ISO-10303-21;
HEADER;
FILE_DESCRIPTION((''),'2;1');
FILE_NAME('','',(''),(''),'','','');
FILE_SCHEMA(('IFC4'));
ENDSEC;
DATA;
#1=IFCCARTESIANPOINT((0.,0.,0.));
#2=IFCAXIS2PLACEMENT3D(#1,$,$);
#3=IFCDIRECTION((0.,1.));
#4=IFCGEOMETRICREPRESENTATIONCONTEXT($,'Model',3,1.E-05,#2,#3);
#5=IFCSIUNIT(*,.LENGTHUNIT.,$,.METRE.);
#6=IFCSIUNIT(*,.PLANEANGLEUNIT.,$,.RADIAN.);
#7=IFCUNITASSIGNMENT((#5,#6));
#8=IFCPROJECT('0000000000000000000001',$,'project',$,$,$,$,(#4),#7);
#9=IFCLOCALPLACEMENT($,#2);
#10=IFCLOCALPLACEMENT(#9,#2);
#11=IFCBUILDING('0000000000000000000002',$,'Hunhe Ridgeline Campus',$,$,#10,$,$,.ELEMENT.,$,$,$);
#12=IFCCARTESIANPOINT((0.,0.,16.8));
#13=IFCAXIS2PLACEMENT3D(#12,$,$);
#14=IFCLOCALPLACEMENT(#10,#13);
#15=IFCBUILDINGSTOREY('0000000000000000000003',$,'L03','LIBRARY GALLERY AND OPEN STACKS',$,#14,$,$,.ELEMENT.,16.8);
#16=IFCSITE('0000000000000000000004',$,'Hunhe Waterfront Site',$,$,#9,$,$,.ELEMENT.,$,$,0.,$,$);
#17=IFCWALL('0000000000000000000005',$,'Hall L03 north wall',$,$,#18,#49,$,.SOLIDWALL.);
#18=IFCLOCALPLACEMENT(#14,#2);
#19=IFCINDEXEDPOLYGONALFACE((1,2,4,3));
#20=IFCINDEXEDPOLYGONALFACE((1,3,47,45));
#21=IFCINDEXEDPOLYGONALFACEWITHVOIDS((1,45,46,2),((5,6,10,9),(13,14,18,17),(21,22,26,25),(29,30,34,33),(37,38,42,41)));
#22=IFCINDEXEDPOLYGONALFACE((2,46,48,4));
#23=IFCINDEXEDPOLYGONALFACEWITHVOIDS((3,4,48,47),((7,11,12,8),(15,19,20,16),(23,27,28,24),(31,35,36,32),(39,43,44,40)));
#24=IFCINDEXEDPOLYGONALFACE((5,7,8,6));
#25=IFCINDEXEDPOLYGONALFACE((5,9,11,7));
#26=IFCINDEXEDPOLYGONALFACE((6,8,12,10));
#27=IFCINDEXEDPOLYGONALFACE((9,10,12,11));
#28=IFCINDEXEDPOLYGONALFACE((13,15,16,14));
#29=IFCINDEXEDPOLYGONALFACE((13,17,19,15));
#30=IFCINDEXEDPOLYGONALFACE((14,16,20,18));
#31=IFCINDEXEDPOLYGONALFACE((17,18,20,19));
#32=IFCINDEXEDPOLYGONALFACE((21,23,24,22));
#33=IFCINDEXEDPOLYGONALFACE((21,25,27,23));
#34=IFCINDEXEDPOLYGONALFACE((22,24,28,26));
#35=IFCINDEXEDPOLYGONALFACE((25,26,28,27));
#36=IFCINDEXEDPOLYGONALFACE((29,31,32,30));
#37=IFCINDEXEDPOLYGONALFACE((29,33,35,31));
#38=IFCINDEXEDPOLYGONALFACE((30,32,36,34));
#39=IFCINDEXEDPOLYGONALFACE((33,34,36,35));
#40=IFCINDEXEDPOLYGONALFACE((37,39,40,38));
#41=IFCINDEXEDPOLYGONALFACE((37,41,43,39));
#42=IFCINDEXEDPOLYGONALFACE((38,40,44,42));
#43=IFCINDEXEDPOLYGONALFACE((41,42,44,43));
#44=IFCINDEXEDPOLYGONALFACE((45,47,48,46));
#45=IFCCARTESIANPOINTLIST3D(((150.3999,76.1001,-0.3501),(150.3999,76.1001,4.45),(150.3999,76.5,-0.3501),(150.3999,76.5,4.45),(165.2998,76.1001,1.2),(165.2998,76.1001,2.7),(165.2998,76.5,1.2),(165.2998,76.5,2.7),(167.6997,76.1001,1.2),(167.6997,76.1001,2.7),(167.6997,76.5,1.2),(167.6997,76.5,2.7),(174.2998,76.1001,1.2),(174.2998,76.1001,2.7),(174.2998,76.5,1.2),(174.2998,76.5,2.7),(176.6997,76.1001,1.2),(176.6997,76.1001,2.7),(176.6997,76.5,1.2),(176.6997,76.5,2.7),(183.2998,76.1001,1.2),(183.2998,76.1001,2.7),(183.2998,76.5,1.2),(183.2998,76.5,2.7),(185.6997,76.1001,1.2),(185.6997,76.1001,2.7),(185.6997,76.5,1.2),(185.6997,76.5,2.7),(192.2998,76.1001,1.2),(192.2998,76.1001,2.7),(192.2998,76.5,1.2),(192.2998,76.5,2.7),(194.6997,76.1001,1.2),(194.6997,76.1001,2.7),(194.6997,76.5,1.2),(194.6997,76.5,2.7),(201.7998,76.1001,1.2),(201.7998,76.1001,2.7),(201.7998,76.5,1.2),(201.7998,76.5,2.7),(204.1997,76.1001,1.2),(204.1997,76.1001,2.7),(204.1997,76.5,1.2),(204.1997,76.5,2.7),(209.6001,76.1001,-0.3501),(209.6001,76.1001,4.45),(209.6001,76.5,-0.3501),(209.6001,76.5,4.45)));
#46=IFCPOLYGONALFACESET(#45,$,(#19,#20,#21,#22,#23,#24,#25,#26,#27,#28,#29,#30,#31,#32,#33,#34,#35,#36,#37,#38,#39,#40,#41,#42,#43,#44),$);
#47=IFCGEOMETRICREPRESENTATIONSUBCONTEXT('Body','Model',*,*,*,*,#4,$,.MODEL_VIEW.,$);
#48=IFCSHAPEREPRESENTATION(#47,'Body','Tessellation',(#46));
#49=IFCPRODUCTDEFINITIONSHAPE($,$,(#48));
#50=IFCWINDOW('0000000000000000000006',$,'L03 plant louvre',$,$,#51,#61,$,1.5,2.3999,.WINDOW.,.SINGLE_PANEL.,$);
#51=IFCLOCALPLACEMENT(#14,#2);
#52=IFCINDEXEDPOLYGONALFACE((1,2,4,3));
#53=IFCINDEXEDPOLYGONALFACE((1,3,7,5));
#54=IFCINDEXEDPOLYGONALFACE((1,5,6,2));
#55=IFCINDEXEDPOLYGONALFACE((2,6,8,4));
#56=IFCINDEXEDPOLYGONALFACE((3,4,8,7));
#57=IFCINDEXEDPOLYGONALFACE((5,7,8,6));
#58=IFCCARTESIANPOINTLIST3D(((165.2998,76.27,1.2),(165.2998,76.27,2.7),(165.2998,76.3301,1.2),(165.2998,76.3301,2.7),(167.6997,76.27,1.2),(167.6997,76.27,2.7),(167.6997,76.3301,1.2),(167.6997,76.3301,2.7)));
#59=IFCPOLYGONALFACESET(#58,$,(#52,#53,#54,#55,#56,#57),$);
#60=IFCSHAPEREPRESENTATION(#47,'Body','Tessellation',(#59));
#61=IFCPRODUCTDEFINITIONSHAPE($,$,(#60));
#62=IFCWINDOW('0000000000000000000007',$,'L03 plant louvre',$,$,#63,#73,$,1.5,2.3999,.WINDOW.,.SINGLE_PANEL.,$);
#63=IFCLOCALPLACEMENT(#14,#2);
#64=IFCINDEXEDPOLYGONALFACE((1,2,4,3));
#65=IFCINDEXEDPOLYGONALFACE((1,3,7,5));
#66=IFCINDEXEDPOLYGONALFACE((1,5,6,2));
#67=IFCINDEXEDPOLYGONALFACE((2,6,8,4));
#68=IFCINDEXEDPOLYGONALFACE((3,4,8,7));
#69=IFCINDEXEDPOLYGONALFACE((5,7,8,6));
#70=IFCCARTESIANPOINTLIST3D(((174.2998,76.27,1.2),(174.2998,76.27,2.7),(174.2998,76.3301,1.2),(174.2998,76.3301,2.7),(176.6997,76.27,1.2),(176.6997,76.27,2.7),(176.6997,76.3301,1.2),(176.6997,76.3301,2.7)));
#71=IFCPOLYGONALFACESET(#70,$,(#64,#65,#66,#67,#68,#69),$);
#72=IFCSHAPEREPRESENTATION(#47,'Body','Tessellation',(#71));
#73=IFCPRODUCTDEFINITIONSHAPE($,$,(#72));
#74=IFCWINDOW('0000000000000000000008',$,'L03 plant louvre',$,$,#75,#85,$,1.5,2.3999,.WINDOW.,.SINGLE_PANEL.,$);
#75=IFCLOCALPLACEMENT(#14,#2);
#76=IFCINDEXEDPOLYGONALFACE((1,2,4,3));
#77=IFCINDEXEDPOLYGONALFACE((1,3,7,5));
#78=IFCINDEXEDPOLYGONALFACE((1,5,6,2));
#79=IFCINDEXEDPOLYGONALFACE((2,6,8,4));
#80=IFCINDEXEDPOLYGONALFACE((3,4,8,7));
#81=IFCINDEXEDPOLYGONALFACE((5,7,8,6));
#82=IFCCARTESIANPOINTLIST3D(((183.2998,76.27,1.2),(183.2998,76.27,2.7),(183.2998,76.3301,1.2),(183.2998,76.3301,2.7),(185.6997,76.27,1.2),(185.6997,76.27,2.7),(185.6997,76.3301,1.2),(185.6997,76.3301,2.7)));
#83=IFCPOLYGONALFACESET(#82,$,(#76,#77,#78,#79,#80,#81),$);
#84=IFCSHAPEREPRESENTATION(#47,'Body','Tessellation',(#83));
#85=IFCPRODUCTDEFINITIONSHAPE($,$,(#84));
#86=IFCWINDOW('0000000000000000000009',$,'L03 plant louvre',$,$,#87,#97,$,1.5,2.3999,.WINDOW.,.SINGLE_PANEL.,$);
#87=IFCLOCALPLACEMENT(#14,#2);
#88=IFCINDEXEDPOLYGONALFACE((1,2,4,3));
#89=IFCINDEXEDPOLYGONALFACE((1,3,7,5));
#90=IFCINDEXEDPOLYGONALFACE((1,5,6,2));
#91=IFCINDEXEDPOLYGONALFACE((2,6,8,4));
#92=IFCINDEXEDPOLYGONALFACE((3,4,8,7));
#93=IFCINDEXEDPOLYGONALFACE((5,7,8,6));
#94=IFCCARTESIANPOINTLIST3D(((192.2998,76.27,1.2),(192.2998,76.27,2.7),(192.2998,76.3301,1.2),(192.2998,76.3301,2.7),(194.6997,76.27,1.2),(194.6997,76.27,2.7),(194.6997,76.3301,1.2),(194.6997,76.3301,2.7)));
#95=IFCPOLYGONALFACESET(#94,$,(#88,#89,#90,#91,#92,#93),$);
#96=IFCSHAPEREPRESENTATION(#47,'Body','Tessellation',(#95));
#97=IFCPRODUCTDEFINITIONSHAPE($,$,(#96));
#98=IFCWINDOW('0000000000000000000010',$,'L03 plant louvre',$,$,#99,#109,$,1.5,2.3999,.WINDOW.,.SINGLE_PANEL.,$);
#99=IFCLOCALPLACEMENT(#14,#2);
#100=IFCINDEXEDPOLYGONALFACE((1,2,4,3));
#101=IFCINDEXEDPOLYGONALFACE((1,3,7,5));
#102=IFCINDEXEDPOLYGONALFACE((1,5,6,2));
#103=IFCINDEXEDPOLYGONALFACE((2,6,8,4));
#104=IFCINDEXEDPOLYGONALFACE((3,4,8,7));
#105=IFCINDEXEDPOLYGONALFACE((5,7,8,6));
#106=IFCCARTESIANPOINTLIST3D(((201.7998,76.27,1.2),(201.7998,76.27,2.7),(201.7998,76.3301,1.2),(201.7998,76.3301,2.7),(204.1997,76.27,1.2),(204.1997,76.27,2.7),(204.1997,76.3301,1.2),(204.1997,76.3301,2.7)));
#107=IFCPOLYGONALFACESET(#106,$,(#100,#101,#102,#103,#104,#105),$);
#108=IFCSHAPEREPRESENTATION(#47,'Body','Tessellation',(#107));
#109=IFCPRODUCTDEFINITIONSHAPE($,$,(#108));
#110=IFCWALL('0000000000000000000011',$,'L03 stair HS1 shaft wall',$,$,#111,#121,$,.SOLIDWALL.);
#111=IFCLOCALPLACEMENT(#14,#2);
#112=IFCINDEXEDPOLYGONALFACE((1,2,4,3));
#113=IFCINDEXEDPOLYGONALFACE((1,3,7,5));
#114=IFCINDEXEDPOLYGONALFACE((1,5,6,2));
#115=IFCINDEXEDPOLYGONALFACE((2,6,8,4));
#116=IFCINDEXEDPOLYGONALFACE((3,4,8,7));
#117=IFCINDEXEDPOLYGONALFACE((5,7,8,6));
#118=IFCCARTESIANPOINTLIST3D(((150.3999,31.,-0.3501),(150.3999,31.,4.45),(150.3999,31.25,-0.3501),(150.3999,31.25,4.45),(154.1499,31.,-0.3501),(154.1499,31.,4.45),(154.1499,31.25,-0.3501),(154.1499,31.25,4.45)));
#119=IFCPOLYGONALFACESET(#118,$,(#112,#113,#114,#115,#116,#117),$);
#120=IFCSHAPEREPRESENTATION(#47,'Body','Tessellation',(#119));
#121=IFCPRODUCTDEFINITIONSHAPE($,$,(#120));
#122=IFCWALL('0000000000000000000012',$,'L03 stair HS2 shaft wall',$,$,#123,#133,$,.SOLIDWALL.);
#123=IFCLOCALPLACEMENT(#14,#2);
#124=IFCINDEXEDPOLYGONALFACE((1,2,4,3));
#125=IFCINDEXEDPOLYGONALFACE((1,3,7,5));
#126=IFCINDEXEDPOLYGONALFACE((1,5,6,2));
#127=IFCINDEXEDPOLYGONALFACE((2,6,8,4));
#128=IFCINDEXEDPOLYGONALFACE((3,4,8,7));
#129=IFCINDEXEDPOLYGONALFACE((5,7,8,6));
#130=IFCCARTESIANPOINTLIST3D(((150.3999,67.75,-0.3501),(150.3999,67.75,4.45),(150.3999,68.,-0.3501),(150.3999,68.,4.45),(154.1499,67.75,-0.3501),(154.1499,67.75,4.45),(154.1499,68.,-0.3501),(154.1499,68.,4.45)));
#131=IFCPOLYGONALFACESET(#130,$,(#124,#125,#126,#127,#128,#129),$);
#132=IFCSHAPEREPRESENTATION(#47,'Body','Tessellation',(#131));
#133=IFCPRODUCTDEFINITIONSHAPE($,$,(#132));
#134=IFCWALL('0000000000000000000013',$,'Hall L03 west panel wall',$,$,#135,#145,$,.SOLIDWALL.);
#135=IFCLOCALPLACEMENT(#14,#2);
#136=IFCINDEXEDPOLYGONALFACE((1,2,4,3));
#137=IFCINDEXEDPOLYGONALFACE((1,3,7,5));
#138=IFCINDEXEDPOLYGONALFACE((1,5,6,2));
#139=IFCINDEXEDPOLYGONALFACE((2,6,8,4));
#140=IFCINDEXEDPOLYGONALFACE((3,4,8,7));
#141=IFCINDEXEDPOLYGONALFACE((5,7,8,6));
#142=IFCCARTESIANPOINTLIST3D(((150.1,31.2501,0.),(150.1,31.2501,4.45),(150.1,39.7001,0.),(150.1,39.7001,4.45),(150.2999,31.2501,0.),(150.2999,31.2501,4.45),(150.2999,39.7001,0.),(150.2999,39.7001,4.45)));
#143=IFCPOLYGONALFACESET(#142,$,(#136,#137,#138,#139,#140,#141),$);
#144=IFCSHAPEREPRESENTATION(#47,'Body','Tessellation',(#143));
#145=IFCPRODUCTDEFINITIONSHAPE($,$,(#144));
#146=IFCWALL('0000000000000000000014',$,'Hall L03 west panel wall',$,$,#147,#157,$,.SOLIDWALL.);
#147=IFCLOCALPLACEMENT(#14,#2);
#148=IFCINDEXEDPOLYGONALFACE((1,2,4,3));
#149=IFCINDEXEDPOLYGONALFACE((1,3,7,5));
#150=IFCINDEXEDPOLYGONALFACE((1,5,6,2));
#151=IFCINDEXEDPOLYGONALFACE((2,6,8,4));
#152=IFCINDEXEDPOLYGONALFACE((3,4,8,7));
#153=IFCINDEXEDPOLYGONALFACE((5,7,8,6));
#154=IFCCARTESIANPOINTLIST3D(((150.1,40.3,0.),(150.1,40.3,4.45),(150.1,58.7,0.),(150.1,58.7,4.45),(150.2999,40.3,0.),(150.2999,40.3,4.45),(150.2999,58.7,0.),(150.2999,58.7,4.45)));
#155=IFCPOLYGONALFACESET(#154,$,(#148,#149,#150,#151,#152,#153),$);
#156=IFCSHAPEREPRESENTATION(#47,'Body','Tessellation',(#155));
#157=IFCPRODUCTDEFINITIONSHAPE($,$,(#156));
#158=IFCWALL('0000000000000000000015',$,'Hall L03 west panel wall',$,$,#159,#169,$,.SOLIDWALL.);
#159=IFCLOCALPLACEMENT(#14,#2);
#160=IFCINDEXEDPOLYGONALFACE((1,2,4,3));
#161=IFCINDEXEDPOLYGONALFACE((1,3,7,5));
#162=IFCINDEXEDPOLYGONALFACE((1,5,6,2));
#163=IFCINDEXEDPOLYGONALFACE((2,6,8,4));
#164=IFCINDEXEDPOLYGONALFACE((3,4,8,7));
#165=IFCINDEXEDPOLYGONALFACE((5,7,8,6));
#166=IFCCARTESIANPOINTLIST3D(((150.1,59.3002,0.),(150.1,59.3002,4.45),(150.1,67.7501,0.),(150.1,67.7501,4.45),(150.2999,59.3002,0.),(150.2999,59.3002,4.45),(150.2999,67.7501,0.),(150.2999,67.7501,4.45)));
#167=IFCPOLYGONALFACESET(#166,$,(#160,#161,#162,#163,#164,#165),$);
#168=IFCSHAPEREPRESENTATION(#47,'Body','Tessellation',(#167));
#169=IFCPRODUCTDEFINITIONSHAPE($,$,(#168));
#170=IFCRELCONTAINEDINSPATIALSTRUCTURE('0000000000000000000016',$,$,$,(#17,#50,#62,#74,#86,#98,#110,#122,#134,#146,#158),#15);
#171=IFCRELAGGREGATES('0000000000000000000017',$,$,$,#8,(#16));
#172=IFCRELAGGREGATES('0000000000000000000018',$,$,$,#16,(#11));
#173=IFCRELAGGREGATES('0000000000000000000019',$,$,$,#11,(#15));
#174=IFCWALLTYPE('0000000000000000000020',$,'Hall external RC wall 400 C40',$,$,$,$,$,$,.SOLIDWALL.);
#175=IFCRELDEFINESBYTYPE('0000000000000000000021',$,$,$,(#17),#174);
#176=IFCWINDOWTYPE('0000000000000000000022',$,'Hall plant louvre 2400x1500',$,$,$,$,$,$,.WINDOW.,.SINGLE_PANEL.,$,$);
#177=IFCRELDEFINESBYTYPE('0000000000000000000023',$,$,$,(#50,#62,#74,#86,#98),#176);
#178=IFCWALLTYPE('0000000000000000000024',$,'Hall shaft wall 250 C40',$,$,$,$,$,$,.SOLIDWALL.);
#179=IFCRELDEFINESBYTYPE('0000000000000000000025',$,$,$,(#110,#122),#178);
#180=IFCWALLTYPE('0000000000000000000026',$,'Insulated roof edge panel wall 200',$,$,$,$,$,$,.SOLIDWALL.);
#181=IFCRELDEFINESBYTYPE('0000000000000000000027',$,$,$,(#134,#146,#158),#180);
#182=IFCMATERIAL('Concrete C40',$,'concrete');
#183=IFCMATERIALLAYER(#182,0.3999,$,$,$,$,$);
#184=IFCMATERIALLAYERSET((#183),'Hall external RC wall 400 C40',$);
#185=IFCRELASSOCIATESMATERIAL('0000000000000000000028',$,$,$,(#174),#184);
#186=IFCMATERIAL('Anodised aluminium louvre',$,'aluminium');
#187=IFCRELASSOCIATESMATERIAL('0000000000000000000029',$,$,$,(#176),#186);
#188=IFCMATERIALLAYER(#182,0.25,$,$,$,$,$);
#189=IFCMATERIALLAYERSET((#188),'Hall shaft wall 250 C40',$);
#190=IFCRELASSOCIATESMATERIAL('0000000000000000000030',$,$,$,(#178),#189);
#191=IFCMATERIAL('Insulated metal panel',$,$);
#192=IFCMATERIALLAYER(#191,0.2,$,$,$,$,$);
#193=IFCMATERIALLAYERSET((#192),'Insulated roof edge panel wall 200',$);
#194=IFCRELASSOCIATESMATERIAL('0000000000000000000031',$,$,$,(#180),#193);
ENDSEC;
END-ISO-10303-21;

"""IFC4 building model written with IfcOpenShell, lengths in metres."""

from ifc_helpers import new_model, si_unit, direction, frame, frame_2d, origin, place, context, subcontext, project, spatial, rectangle, extrude, material, layer, layer_set, type_object, element, fill, save


model = new_model("IFC4")

# Units and contexts
model_context = context("Model", 3, precision=1e-05, world=origin(), true_north=direction((0.0, 1.0)))
body_context = subcontext(model_context, "Body", "Model", "MODEL_VIEW")
ifc_project = project(units=[si_unit("LENGTHUNIT", "METRE"), si_unit("PLANEANGLEUNIT", "RADIAN")], contexts=[model_context])

# Site, building, storey
site_placement = place(None, origin())
site = spatial("IfcSite", under=ifc_project, at=site_placement, Name="Hunhe Waterfront Site", CompositionType="ELEMENT", RefElevation=0.0)
building_placement = place(site_placement, origin())
building = spatial("IfcBuilding", under=site, at=building_placement, Name="Hunhe Ridgeline Campus", CompositionType="ELEMENT")
storey_placement = place(building_placement, frame((0.0, 0.0, 16.8)))
storey = spatial("IfcBuildingStorey", under=building, at=storey_placement, Name="L03", Description="LIBRARY GALLERY AND OPEN STACKS", CompositionType="ELEMENT", Elevation=16.8)

# Shared definitions
ifc_material_1 = material(Name="Concrete C40", Category="concrete")
ifc_layer_1 = layer(ifc_material_1, 0.3999)
ifc_layer_set_1 = layer_set([ifc_layer_1], Name="Hall external RC wall 400 C40")
wall_type_1 = type_object("IfcWallType", Name="Hall external RC wall 400 C40", PredefinedType="SOLIDWALL", material=ifc_layer_set_1)

# Wall, openings, windows
wall_1_placement = place(storey_placement, frame((150.3999, 76.3, -0.3501), z_axis=(0.0, 0.0, 1.0), x_axis=(1.0, 0.0, 0.0)))
wall_1 = element("IfcWall", 1, at=wall_1_placement, inside=storey, type_object=wall_type_1, Name="Hall L03 north wall", PredefinedType="SOLIDWALL", context=body_context, shape_type="SweptSolid", body=[
    extrude(rectangle(XDim=59.2002, YDim=0.3999, at=frame_2d((29.6001, 0.0))), origin(), (0.0, 0.0, 1.0), 4.8),
])
opening_1_placement = place(wall_1_placement, frame((14.8999, 0.0, 1.55)))
opening_1 = element("IfcOpeningElement", 2, at=opening_1_placement, cuts=wall_1, PredefinedType="OPENING", context=body_context, shape_type="SweptSolid", body=[
    extrude(rectangle(XDim=2.3999, YDim=1.5, at=frame_2d((1.2, 0.75))), frame((0.0, 0.2, 0.0), z_axis=(0.0, -1.0, 0.0), x_axis=(1.0, 0.0, 0.0)), (0.0, 0.0, 1.0), 0.3999),
])
opening_2_placement = place(wall_1_placement, frame((23.8999, 0.0, 1.55)))
opening_2 = element("IfcOpeningElement", 3, at=opening_2_placement, cuts=wall_1, PredefinedType="OPENING", context=body_context, shape_type="SweptSolid", body=[
    extrude(rectangle(XDim=2.3999, YDim=1.5, at=frame_2d((1.2, 0.75))), frame((0.0, 0.2, 0.0), z_axis=(0.0, -1.0, 0.0), x_axis=(1.0, 0.0, 0.0)), (0.0, 0.0, 1.0), 0.3999),
])
opening_3_placement = place(wall_1_placement, frame((32.8999, 0.0, 1.55)))
opening_3 = element("IfcOpeningElement", 4, at=opening_3_placement, cuts=wall_1, PredefinedType="OPENING", context=body_context, shape_type="SweptSolid", body=[
    extrude(rectangle(XDim=2.3999, YDim=1.5, at=frame_2d((1.2, 0.75))), frame((0.0, 0.2, 0.0), z_axis=(0.0, -1.0, 0.0), x_axis=(1.0, 0.0, 0.0)), (0.0, 0.0, 1.0), 0.3999),
])
opening_4_placement = place(wall_1_placement, frame((41.8999, 0.0, 1.55)))
opening_4 = element("IfcOpeningElement", 5, at=opening_4_placement, cuts=wall_1, PredefinedType="OPENING", context=body_context, shape_type="SweptSolid", body=[
    extrude(rectangle(XDim=2.3999, YDim=1.5, at=frame_2d((1.2, 0.75))), frame((0.0, 0.2, 0.0), z_axis=(0.0, -1.0, 0.0), x_axis=(1.0, 0.0, 0.0)), (0.0, 0.0, 1.0), 0.3999),
])
opening_5_placement = place(wall_1_placement, frame((51.3999, 0.0, 1.55)))
opening_5 = element("IfcOpeningElement", 6, at=opening_5_placement, cuts=wall_1, PredefinedType="OPENING", context=body_context, shape_type="SweptSolid", body=[
    extrude(rectangle(XDim=2.3999, YDim=1.5, at=frame_2d((1.2, 0.75))), frame((0.0, 0.2, 0.0), z_axis=(0.0, -1.0, 0.0), x_axis=(1.0, 0.0, 0.0)), (0.0, 0.0, 1.0), 0.3999),
])
ifc_material_2 = material(Name="Anodised aluminium louvre", Category="aluminium")
window_type = type_object("IfcWindowType", Name="Hall plant louvre 2400x1500", PartitioningType="SINGLE_PANEL", PredefinedType="WINDOW", material=ifc_material_2)
window_1_placement = place(opening_1_placement, origin())
window_1 = element("IfcWindow", 7, at=window_1_placement, inside=storey, type_object=window_type, Name="L03 plant louvre", OverallHeight=1.5, OverallWidth=2.3999, PartitioningType="SINGLE_PANEL", PredefinedType="WINDOW", context=body_context, shape_type="SweptSolid", body=[
    extrude(rectangle(XDim=2.3999, YDim=1.5, at=frame_2d((1.2, 0.75))), frame((0.0, 0.03, 0.0), z_axis=(0.0, -1.0, 0.0), x_axis=(1.0, 0.0, 0.0)), (0.0, 0.0, 1.0), 0.0601),
])
fill(opening_1, window_1)
window_2_placement = place(opening_2_placement, origin())
window_2 = element("IfcWindow", 8, at=window_2_placement, inside=storey, type_object=window_type, Name="L03 plant louvre", OverallHeight=1.5, OverallWidth=2.3999, PartitioningType="SINGLE_PANEL", PredefinedType="WINDOW", context=body_context, shape_type="SweptSolid", body=[
    extrude(rectangle(XDim=2.3999, YDim=1.5, at=frame_2d((1.2, 0.75))), frame((0.0, 0.03, 0.0), z_axis=(0.0, -1.0, 0.0), x_axis=(1.0, 0.0, 0.0)), (0.0, 0.0, 1.0), 0.0601),
])
fill(opening_2, window_2)
window_3_placement = place(opening_3_placement, origin())
window_3 = element("IfcWindow", 9, at=window_3_placement, inside=storey, type_object=window_type, Name="L03 plant louvre", OverallHeight=1.5, OverallWidth=2.3999, PartitioningType="SINGLE_PANEL", PredefinedType="WINDOW", context=body_context, shape_type="SweptSolid", body=[
    extrude(rectangle(XDim=2.3999, YDim=1.5, at=frame_2d((1.2, 0.75))), frame((0.0, 0.03, 0.0), z_axis=(0.0, -1.0, 0.0), x_axis=(1.0, 0.0, 0.0)), (0.0, 0.0, 1.0), 0.0601),
])
fill(opening_3, window_3)
window_4_placement = place(opening_4_placement, origin())
window_4 = element("IfcWindow", 10, at=window_4_placement, inside=storey, type_object=window_type, Name="L03 plant louvre", OverallHeight=1.5, OverallWidth=2.3999, PartitioningType="SINGLE_PANEL", PredefinedType="WINDOW", context=body_context, shape_type="SweptSolid", body=[
    extrude(rectangle(XDim=2.3999, YDim=1.5, at=frame_2d((1.2, 0.75))), frame((0.0, 0.03, 0.0), z_axis=(0.0, -1.0, 0.0), x_axis=(1.0, 0.0, 0.0)), (0.0, 0.0, 1.0), 0.0601),
])
fill(opening_4, window_4)
window_5_placement = place(opening_5_placement, origin())
window_5 = element("IfcWindow", 11, at=window_5_placement, inside=storey, type_object=window_type, Name="L03 plant louvre", OverallHeight=1.5, OverallWidth=2.3999, PartitioningType="SINGLE_PANEL", PredefinedType="WINDOW", context=body_context, shape_type="SweptSolid", body=[
    extrude(rectangle(XDim=2.3999, YDim=1.5, at=frame_2d((1.2, 0.75))), frame((0.0, 0.03, 0.0), z_axis=(0.0, -1.0, 0.0), x_axis=(1.0, 0.0, 0.0)), (0.0, 0.0, 1.0), 0.0601),
])
fill(opening_5, window_5)

# Walls
ifc_layer_2 = layer(ifc_material_1, 0.25)
ifc_layer_set_2 = layer_set([ifc_layer_2], Name="Hall shaft wall 250 C40")
wall_type_2 = type_object("IfcWallType", Name="Hall shaft wall 250 C40", PredefinedType="SOLIDWALL", material=ifc_layer_set_2)
for number, where, z_axis, x_axis, name in (
    (12, (150.3999, 31.125, -0.3501), (0.0, 0.0, 1.0), (1.0, 0.0, 0.0), "L03 stair HS1 shaft wall"),
    (13, (154.1499, 67.875, -0.3501), (0.0, 0.0, 1.0), (-1.0, 0.0, 0.0), "L03 stair HS2 shaft wall"),
):
    element("IfcWall", number, at=place(storey_placement, frame(where, z_axis=z_axis, x_axis=x_axis)), inside=storey, type_object=wall_type_2, Name=name, PredefinedType="SOLIDWALL", context=body_context, shape_type="SweptSolid", body=[
        extrude(rectangle(XDim=3.75, YDim=0.25, at=frame_2d((1.875, 0.0))), origin(), (0.0, 0.0, 1.0), 4.8),
    ])
ifc_material_3 = material(Name="Insulated metal panel")
ifc_layer_3 = layer(ifc_material_3, 0.2)
ifc_layer_set_3 = layer_set([ifc_layer_3], Name="Insulated roof edge panel wall 200")
wall_type_3 = type_object("IfcWallType", Name="Insulated roof edge panel wall 200", PredefinedType="SOLIDWALL", material=ifc_layer_set_3)
wall_2_placement = place(storey_placement, frame((150.2, 31.25, 0.0), z_axis=(0.0, 0.0, 1.0), x_axis=(0.0, 1.0, 0.0)))
element("IfcWall", 14, at=wall_2_placement, inside=storey, type_object=wall_type_3, Name="Hall L03 west panel wall", PredefinedType="SOLIDWALL", context=body_context, shape_type="SweptSolid", body=[
    extrude(rectangle(XDim=8.45, YDim=0.2, at=frame_2d((4.2251, 0.0))), origin(), (0.0, 0.0, 1.0), 4.45),
])
wall_3_placement = place(storey_placement, frame((150.2, 40.3, 0.0), z_axis=(0.0, 0.0, 1.0), x_axis=(0.0, 1.0, 0.0)))
element("IfcWall", 15, at=wall_3_placement, inside=storey, type_object=wall_type_3, Name="Hall L03 west panel wall", PredefinedType="SOLIDWALL", context=body_context, shape_type="SweptSolid", body=[
    extrude(rectangle(XDim=18.3999, YDim=0.2, at=frame_2d((9.2, 0.0))), origin(), (0.0, 0.0, 1.0), 4.45),
])
wall_4_placement = place(storey_placement, frame((150.2, 59.3, 0.0), z_axis=(0.0, 0.0, 1.0), x_axis=(0.0, 1.0, 0.0)))
element("IfcWall", 16, at=wall_4_placement, inside=storey, type_object=wall_type_3, Name="Hall L03 west panel wall", PredefinedType="SOLIDWALL", context=body_context, shape_type="SweptSolid", body=[
    extrude(rectangle(XDim=8.45, YDim=0.2, at=frame_2d((4.2251, 0.0))), origin(), (0.0, 0.0, 1.0), 4.45),
])

save(model, "model.ifc")
